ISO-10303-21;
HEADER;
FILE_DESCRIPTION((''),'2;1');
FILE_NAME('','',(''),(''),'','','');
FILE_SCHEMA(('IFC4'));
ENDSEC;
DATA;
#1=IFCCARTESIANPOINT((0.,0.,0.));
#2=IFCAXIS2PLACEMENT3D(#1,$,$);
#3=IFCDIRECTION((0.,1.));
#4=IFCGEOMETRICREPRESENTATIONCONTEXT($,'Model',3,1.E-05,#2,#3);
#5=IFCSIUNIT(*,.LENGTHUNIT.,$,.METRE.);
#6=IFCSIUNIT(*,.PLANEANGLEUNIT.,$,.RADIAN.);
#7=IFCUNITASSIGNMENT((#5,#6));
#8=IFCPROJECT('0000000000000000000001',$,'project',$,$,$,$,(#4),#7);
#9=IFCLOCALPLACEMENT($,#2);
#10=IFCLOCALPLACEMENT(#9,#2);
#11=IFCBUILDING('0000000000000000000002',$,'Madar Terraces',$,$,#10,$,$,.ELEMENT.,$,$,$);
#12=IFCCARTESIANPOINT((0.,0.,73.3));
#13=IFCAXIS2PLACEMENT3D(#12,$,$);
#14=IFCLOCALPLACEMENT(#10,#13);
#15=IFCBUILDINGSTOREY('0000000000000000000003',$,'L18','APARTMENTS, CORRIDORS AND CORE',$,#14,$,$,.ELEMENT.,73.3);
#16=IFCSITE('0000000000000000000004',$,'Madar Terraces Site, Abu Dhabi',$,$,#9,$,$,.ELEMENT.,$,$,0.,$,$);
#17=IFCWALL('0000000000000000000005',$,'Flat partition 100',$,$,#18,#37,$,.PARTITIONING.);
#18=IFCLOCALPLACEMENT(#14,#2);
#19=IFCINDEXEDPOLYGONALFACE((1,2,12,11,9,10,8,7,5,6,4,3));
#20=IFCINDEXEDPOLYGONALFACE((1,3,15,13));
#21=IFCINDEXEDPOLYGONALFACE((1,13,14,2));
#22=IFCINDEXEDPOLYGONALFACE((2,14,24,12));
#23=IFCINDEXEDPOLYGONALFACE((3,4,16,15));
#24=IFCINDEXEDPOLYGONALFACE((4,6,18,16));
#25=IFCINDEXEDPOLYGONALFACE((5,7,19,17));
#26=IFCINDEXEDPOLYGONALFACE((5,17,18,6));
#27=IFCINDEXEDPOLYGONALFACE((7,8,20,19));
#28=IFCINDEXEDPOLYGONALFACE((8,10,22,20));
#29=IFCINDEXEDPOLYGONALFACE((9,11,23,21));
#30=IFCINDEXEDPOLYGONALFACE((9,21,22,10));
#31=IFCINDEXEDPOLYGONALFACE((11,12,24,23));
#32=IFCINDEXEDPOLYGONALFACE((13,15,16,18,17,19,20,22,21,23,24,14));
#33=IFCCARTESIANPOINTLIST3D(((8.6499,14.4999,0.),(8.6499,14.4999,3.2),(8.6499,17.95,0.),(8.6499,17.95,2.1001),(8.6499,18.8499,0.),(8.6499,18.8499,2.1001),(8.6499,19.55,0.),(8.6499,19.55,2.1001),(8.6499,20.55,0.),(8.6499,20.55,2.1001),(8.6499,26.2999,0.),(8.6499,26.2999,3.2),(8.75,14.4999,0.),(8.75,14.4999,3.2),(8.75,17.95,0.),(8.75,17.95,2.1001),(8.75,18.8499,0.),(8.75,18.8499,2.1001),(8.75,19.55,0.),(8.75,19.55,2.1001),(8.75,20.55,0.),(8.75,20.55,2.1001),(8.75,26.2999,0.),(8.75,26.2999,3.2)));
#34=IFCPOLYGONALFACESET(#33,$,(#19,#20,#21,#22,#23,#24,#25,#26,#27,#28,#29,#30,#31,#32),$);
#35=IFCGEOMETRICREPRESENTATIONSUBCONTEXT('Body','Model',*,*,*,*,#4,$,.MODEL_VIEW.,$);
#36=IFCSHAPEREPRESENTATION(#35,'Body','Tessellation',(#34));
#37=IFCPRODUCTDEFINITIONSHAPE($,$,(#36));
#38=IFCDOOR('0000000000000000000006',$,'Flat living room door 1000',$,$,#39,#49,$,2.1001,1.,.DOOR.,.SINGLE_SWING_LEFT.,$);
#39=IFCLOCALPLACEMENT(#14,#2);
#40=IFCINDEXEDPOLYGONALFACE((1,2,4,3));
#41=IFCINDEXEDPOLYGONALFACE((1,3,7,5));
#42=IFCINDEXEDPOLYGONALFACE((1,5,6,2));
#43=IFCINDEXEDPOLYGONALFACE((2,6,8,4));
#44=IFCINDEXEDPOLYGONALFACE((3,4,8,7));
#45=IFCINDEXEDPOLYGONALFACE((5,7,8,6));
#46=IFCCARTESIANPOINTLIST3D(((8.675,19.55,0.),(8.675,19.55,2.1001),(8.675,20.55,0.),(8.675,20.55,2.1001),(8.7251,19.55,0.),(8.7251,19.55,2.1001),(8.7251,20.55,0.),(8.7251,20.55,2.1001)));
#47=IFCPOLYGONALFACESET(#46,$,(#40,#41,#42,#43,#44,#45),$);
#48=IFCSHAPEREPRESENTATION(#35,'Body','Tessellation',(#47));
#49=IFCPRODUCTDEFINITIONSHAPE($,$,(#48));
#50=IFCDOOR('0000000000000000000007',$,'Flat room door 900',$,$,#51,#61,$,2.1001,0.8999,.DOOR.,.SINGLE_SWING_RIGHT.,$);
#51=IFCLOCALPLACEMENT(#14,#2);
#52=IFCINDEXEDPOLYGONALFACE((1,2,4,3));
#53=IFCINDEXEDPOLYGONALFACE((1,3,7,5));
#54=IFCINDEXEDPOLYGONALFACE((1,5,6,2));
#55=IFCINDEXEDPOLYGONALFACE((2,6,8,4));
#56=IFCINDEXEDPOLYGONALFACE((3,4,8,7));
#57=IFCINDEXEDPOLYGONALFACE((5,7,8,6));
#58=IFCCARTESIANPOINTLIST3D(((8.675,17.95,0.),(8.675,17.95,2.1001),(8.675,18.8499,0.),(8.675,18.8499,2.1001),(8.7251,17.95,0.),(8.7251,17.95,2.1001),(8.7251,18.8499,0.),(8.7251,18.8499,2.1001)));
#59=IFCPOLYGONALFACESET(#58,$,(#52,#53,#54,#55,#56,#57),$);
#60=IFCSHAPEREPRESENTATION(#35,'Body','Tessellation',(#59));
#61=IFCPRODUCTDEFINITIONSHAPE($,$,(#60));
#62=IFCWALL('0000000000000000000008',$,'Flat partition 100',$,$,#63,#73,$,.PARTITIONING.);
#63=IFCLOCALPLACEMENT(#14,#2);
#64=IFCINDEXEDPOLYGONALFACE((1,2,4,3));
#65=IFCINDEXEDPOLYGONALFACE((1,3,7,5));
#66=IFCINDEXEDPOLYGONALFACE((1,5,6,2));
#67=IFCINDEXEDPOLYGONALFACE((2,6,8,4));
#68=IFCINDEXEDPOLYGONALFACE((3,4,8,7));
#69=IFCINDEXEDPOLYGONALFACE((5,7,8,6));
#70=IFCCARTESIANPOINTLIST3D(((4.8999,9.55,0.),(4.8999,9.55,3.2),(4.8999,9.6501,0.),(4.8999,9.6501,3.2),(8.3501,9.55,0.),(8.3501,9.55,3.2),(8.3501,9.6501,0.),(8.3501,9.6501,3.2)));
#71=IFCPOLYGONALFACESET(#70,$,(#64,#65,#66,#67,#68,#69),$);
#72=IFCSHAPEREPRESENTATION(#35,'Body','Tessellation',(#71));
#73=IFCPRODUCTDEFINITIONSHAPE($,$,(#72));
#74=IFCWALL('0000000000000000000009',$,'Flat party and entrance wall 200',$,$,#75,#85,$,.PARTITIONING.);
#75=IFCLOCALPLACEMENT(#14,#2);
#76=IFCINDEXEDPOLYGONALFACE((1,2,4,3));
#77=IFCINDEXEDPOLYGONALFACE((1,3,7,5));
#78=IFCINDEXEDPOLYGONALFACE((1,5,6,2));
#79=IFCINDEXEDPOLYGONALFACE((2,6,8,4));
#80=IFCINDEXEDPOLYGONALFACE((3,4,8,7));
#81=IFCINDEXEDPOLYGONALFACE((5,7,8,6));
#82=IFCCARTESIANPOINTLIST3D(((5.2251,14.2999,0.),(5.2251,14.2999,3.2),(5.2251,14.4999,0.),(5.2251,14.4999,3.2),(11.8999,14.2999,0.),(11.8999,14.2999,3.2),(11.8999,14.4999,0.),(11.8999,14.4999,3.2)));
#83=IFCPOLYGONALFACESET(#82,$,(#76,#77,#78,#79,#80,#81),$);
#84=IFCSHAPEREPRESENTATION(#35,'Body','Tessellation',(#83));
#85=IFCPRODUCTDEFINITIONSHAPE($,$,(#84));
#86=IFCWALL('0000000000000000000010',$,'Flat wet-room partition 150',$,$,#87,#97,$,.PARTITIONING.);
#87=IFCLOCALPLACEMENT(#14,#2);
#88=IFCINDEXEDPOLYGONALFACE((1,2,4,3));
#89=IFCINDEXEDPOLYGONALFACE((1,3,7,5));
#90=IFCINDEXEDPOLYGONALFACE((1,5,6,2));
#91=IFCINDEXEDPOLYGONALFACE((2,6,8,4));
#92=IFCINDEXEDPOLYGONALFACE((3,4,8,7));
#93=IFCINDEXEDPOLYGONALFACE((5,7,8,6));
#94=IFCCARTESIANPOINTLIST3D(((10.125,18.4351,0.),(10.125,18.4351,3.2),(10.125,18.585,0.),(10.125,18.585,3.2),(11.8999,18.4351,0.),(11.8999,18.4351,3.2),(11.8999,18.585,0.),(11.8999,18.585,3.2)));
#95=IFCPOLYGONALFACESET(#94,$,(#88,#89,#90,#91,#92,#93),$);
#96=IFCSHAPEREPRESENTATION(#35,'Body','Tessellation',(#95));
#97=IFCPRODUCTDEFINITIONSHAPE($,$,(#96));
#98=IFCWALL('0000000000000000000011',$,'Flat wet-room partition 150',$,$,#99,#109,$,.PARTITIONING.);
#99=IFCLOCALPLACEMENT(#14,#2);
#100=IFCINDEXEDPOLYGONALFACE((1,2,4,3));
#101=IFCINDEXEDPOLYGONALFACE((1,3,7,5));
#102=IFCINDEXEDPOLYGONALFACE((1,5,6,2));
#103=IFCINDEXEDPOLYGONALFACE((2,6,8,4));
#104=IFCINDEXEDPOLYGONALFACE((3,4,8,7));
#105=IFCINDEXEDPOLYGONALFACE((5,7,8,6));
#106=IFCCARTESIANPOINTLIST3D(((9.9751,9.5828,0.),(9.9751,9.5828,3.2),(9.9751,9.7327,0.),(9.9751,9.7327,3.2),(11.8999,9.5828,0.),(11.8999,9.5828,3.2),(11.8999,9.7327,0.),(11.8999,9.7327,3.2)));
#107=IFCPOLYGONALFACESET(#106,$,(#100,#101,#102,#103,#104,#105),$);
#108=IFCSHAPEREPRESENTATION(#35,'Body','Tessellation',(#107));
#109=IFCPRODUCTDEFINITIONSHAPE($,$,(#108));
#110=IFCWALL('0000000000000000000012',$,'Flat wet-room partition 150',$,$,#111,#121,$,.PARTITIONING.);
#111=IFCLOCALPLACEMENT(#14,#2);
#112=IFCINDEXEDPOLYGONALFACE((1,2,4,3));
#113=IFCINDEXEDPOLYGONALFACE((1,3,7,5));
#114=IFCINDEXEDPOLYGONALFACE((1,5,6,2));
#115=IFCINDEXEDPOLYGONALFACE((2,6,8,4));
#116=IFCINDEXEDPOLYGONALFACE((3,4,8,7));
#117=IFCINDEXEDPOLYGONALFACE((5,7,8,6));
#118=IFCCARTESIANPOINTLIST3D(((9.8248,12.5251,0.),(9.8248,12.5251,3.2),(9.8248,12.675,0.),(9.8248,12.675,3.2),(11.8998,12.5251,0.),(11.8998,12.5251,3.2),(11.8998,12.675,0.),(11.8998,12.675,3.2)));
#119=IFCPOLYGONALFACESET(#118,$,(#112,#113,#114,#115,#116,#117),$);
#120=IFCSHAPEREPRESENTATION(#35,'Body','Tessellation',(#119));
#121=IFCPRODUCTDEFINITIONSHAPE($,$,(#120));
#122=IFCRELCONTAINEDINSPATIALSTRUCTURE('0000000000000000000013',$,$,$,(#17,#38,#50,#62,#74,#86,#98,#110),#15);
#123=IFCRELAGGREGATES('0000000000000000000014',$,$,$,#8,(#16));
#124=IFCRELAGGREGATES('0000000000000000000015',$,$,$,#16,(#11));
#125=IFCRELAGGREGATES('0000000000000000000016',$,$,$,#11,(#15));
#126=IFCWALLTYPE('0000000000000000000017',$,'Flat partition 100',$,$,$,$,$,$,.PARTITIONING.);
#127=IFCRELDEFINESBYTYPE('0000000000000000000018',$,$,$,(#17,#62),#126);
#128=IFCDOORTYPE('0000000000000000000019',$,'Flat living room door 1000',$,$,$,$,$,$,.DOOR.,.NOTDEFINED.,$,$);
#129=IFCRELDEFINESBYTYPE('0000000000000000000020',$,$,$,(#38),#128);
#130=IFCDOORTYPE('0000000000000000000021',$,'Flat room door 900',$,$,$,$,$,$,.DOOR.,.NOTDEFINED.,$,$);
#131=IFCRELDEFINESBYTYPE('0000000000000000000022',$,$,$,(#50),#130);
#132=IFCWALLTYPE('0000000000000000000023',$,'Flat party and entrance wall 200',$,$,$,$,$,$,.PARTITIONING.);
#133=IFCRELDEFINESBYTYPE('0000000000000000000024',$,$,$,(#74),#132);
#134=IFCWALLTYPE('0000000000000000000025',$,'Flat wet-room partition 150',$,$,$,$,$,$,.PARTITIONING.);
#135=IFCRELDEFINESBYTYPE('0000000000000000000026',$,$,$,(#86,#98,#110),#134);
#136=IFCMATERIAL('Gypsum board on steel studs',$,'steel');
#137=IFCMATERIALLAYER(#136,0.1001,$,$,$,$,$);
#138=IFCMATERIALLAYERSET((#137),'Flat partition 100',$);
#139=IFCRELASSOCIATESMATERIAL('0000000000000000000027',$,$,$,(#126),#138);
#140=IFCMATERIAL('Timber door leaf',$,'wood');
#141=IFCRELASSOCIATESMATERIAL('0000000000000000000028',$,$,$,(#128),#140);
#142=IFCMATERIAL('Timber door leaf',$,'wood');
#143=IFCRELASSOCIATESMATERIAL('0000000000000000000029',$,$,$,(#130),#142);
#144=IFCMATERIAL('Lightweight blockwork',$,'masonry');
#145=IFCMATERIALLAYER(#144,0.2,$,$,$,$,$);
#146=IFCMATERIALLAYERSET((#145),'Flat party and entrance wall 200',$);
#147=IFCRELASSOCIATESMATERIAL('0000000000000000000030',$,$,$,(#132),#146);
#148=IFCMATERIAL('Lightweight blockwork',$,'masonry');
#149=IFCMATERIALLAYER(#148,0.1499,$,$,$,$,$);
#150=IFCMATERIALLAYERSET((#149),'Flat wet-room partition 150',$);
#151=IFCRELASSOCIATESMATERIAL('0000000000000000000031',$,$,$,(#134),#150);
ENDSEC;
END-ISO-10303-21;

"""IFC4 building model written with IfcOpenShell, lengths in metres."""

from ifc_helpers import new_model, si_unit, direction, frame, frame_2d, origin, place, context, subcontext, project, spatial, rectangle, extrude, material, layer, layer_set, type_object, element, fill, save


model = new_model("IFC4")

# Units and contexts
model_context = context("Model", 3, precision=1e-05, world=origin(), true_north=direction((0.0, 1.0)))
body_context = subcontext(model_context, "Body", "Model", "MODEL_VIEW")
ifc_project = project(units=[si_unit("LENGTHUNIT", "METRE"), si_unit("PLANEANGLEUNIT", "RADIAN")], contexts=[model_context])

# Site, building, storey
site_placement = place(None, origin())
site = spatial("IfcSite", under=ifc_project, at=site_placement, Name="Madar Terraces Site, Abu Dhabi", CompositionType="ELEMENT", RefElevation=0.0)
building_placement = place(site_placement, origin())
building = spatial("IfcBuilding", under=site, at=building_placement, Name="Madar Terraces", CompositionType="ELEMENT")
storey_placement = place(building_placement, frame((0.0, 0.0, 73.3)))
storey = spatial("IfcBuildingStorey", under=building, at=storey_placement, Name="L18", Description="APARTMENTS, CORRIDORS AND CORE", CompositionType="ELEMENT", Elevation=73.3)

# Shared definitions
ifc_material_1 = material(Name="Gypsum board on steel studs", Category="steel")
ifc_layer_1 = layer(ifc_material_1, 0.1001)
ifc_layer_set_1 = layer_set([ifc_layer_1], Name="Flat partition 100")
wall_type_1 = type_object("IfcWallType", Name="Flat partition 100", PredefinedType="PARTITIONING", material=ifc_layer_set_1)

# Wall, openings, doors
wall_1_placement = place(storey_placement, frame((8.7, 14.5, 0.0), z_axis=(0.0, 0.0, 1.0), x_axis=(0.0, 1.0, 0.0)))
wall_1 = element("IfcWall", 1, at=wall_1_placement, inside=storey, type_object=wall_type_1, Name="Flat partition 100", PredefinedType="PARTITIONING", context=body_context, shape_type="SweptSolid", body=[
    extrude(rectangle(XDim=11.8, YDim=0.1001, at=frame_2d((5.8999, 0.0))), origin(), (0.0, 0.0, 1.0), 3.2),
])
opening_1_placement = place(wall_1_placement, frame((5.05, 0.0, 0.0)))
opening_1 = element("IfcOpeningElement", 2, at=opening_1_placement, cuts=wall_1, PredefinedType="OPENING", context=body_context, shape_type="SweptSolid", body=[
    extrude(rectangle(XDim=1.0, YDim=2.1001, at=frame_2d((0.5, 1.05))), frame((0.0, 0.0601, 0.0), z_axis=(0.0, -1.0, 0.0), x_axis=(1.0, 0.0, 0.0)), (0.0, 0.0, 1.0), 0.1201),
])
opening_2_placement = place(wall_1_placement, frame((3.45, 0.0, 0.0)))
opening_2 = element("IfcOpeningElement", 3, at=opening_2_placement, cuts=wall_1, PredefinedType="OPENING", context=body_context, shape_type="SweptSolid", body=[
    extrude(rectangle(XDim=0.8999, YDim=2.1001, at=frame_2d((0.45, 1.05))), frame((0.0, 0.0601, 0.0), z_axis=(0.0, -1.0, 0.0), x_axis=(1.0, 0.0, 0.0)), (0.0, 0.0, 1.0), 0.1201),
])
ifc_material_2 = material(Name="Timber door leaf", Category="wood")
door_type_1 = type_object("IfcDoorType", Name="Flat living room door 1000", OperationType="NOTDEFINED", PredefinedType="DOOR", material=ifc_material_2)
door_1_placement = place(opening_1_placement, origin())
door_1 = element("IfcDoor", 4, at=door_1_placement, inside=storey, type_object=door_type_1, Name="Flat living room door 1000", OperationType="SINGLE_SWING_LEFT", OverallHeight=2.1001, OverallWidth=1.0, PredefinedType="DOOR", context=body_context, shape_type="SweptSolid", body=[
    extrude(rectangle(XDim=1.0, YDim=2.1001, at=frame_2d((0.5, 1.05))), frame((0.0, 0.0249, 0.0), z_axis=(0.0, -1.0, 0.0), x_axis=(1.0, 0.0, 0.0)), (0.0, 0.0, 1.0), 0.05),
])
fill(opening_1, door_1)
ifc_material_3 = material(Name="Timber door leaf", Category="wood")
door_type_2 = type_object("IfcDoorType", Name="Flat room door 900", OperationType="NOTDEFINED", PredefinedType="DOOR", material=ifc_material_3)
door_2_placement = place(opening_2_placement, origin())
door_2 = element("IfcDoor", 5, at=door_2_placement, inside=storey, type_object=door_type_2, Name="Flat room door 900", OperationType="SINGLE_SWING_RIGHT", OverallHeight=2.1001, OverallWidth=0.8999, PredefinedType="DOOR", context=body_context, shape_type="SweptSolid", body=[
    extrude(rectangle(XDim=0.8999, YDim=2.1001, at=frame_2d((0.45, 1.05))), frame((0.0, 0.0249, 0.0), z_axis=(0.0, -1.0, 0.0), x_axis=(1.0, 0.0, 0.0)), (0.0, 0.0, 1.0), 0.05),
])
fill(opening_2, door_2)

# Walls
wall_2_placement = place(storey_placement, frame((8.3501, 9.6001, 0.0), z_axis=(0.0, 0.0, 1.0), x_axis=(-1.0, 0.0, 0.0)))
element("IfcWall", 6, at=wall_2_placement, inside=storey, type_object=wall_type_1, Name="Flat partition 100", PredefinedType="PARTITIONING", context=body_context, shape_type="SweptSolid", body=[
    extrude(rectangle(XDim=3.4502, YDim=0.1001, at=frame_2d((1.7251, 0.0))), origin(), (0.0, 0.0, 1.0), 3.2),
])
ifc_material_4 = material(Name="Lightweight blockwork", Category="masonry")
ifc_layer_2 = layer(ifc_material_4, 0.2)
ifc_layer_set_2 = layer_set([ifc_layer_2], Name="Flat party and entrance wall 200")
wall_type_2 = type_object("IfcWallType", Name="Flat party and entrance wall 200", PredefinedType="PARTITIONING", material=ifc_layer_set_2)
wall_3_placement = place(storey_placement, frame((5.2251, 14.3999, 0.0), z_axis=(0.0, 0.0, 1.0), x_axis=(1.0, 0.0, 0.0)))
element("IfcWall", 7, at=wall_3_placement, inside=storey, type_object=wall_type_2, Name="Flat party and entrance wall 200", PredefinedType="PARTITIONING", context=body_context, shape_type="SweptSolid", body=[
    extrude(rectangle(XDim=6.6748, YDim=0.2, at=frame_2d((3.3374, 0.0))), origin(), (0.0, 0.0, 1.0), 3.2),
])
ifc_material_5 = material(Name="Lightweight blockwork", Category="masonry")
ifc_layer_3 = layer(ifc_material_5, 0.1499)
ifc_layer_set_3 = layer_set([ifc_layer_3], Name="Flat wet-room partition 150")
wall_type_3 = type_object("IfcWallType", Name="Flat wet-room partition 150", PredefinedType="PARTITIONING", material=ifc_layer_set_3)
wall_4_placement = place(storey_placement, frame((11.8999, 18.51, 0.0), z_axis=(0.0, 0.0, 1.0), x_axis=(-1.0, 0.0, 0.0)))
element("IfcWall", 8, at=wall_4_placement, inside=storey, type_object=wall_type_3, Name="Flat wet-room partition 150", PredefinedType="PARTITIONING", context=body_context, shape_type="SweptSolid", body=[
    extrude(rectangle(XDim=1.7749, YDim=0.1499, at=frame_2d((0.8875, 0.0))), origin(), (0.0, 0.0, 1.0), 3.2),
])
wall_5_placement = place(storey_placement, frame((11.8999, 9.6577, 0.0), z_axis=(0.0, 0.0, 1.0), x_axis=(-1.0, 0.0, 0.0)))
element("IfcWall", 9, at=wall_5_placement, inside=storey, type_object=wall_type_3, Name="Flat wet-room partition 150", PredefinedType="PARTITIONING", context=body_context, shape_type="SweptSolid", body=[
    extrude(rectangle(XDim=1.9248, YDim=0.1499, at=frame_2d((0.9624, 0.0))), origin(), (0.0, 0.0, 1.0), 3.2),
])
wall_6_placement = place(storey_placement, frame((11.8999, 12.6001, 0.0), z_axis=(0.0, 0.0, 1.0), x_axis=(-1.0, 0.0, 0.0)))
element("IfcWall", 10, at=wall_6_placement, inside=storey, type_object=wall_type_3, Name="Flat wet-room partition 150", PredefinedType="PARTITIONING", context=body_context, shape_type="SweptSolid", body=[
    extrude(rectangle(XDim=2.075, YDim=0.1499, at=frame_2d((1.0376, 0.0))), origin(), (0.0, 0.0, 1.0), 3.2),
])

save(model, "model.ifc")
